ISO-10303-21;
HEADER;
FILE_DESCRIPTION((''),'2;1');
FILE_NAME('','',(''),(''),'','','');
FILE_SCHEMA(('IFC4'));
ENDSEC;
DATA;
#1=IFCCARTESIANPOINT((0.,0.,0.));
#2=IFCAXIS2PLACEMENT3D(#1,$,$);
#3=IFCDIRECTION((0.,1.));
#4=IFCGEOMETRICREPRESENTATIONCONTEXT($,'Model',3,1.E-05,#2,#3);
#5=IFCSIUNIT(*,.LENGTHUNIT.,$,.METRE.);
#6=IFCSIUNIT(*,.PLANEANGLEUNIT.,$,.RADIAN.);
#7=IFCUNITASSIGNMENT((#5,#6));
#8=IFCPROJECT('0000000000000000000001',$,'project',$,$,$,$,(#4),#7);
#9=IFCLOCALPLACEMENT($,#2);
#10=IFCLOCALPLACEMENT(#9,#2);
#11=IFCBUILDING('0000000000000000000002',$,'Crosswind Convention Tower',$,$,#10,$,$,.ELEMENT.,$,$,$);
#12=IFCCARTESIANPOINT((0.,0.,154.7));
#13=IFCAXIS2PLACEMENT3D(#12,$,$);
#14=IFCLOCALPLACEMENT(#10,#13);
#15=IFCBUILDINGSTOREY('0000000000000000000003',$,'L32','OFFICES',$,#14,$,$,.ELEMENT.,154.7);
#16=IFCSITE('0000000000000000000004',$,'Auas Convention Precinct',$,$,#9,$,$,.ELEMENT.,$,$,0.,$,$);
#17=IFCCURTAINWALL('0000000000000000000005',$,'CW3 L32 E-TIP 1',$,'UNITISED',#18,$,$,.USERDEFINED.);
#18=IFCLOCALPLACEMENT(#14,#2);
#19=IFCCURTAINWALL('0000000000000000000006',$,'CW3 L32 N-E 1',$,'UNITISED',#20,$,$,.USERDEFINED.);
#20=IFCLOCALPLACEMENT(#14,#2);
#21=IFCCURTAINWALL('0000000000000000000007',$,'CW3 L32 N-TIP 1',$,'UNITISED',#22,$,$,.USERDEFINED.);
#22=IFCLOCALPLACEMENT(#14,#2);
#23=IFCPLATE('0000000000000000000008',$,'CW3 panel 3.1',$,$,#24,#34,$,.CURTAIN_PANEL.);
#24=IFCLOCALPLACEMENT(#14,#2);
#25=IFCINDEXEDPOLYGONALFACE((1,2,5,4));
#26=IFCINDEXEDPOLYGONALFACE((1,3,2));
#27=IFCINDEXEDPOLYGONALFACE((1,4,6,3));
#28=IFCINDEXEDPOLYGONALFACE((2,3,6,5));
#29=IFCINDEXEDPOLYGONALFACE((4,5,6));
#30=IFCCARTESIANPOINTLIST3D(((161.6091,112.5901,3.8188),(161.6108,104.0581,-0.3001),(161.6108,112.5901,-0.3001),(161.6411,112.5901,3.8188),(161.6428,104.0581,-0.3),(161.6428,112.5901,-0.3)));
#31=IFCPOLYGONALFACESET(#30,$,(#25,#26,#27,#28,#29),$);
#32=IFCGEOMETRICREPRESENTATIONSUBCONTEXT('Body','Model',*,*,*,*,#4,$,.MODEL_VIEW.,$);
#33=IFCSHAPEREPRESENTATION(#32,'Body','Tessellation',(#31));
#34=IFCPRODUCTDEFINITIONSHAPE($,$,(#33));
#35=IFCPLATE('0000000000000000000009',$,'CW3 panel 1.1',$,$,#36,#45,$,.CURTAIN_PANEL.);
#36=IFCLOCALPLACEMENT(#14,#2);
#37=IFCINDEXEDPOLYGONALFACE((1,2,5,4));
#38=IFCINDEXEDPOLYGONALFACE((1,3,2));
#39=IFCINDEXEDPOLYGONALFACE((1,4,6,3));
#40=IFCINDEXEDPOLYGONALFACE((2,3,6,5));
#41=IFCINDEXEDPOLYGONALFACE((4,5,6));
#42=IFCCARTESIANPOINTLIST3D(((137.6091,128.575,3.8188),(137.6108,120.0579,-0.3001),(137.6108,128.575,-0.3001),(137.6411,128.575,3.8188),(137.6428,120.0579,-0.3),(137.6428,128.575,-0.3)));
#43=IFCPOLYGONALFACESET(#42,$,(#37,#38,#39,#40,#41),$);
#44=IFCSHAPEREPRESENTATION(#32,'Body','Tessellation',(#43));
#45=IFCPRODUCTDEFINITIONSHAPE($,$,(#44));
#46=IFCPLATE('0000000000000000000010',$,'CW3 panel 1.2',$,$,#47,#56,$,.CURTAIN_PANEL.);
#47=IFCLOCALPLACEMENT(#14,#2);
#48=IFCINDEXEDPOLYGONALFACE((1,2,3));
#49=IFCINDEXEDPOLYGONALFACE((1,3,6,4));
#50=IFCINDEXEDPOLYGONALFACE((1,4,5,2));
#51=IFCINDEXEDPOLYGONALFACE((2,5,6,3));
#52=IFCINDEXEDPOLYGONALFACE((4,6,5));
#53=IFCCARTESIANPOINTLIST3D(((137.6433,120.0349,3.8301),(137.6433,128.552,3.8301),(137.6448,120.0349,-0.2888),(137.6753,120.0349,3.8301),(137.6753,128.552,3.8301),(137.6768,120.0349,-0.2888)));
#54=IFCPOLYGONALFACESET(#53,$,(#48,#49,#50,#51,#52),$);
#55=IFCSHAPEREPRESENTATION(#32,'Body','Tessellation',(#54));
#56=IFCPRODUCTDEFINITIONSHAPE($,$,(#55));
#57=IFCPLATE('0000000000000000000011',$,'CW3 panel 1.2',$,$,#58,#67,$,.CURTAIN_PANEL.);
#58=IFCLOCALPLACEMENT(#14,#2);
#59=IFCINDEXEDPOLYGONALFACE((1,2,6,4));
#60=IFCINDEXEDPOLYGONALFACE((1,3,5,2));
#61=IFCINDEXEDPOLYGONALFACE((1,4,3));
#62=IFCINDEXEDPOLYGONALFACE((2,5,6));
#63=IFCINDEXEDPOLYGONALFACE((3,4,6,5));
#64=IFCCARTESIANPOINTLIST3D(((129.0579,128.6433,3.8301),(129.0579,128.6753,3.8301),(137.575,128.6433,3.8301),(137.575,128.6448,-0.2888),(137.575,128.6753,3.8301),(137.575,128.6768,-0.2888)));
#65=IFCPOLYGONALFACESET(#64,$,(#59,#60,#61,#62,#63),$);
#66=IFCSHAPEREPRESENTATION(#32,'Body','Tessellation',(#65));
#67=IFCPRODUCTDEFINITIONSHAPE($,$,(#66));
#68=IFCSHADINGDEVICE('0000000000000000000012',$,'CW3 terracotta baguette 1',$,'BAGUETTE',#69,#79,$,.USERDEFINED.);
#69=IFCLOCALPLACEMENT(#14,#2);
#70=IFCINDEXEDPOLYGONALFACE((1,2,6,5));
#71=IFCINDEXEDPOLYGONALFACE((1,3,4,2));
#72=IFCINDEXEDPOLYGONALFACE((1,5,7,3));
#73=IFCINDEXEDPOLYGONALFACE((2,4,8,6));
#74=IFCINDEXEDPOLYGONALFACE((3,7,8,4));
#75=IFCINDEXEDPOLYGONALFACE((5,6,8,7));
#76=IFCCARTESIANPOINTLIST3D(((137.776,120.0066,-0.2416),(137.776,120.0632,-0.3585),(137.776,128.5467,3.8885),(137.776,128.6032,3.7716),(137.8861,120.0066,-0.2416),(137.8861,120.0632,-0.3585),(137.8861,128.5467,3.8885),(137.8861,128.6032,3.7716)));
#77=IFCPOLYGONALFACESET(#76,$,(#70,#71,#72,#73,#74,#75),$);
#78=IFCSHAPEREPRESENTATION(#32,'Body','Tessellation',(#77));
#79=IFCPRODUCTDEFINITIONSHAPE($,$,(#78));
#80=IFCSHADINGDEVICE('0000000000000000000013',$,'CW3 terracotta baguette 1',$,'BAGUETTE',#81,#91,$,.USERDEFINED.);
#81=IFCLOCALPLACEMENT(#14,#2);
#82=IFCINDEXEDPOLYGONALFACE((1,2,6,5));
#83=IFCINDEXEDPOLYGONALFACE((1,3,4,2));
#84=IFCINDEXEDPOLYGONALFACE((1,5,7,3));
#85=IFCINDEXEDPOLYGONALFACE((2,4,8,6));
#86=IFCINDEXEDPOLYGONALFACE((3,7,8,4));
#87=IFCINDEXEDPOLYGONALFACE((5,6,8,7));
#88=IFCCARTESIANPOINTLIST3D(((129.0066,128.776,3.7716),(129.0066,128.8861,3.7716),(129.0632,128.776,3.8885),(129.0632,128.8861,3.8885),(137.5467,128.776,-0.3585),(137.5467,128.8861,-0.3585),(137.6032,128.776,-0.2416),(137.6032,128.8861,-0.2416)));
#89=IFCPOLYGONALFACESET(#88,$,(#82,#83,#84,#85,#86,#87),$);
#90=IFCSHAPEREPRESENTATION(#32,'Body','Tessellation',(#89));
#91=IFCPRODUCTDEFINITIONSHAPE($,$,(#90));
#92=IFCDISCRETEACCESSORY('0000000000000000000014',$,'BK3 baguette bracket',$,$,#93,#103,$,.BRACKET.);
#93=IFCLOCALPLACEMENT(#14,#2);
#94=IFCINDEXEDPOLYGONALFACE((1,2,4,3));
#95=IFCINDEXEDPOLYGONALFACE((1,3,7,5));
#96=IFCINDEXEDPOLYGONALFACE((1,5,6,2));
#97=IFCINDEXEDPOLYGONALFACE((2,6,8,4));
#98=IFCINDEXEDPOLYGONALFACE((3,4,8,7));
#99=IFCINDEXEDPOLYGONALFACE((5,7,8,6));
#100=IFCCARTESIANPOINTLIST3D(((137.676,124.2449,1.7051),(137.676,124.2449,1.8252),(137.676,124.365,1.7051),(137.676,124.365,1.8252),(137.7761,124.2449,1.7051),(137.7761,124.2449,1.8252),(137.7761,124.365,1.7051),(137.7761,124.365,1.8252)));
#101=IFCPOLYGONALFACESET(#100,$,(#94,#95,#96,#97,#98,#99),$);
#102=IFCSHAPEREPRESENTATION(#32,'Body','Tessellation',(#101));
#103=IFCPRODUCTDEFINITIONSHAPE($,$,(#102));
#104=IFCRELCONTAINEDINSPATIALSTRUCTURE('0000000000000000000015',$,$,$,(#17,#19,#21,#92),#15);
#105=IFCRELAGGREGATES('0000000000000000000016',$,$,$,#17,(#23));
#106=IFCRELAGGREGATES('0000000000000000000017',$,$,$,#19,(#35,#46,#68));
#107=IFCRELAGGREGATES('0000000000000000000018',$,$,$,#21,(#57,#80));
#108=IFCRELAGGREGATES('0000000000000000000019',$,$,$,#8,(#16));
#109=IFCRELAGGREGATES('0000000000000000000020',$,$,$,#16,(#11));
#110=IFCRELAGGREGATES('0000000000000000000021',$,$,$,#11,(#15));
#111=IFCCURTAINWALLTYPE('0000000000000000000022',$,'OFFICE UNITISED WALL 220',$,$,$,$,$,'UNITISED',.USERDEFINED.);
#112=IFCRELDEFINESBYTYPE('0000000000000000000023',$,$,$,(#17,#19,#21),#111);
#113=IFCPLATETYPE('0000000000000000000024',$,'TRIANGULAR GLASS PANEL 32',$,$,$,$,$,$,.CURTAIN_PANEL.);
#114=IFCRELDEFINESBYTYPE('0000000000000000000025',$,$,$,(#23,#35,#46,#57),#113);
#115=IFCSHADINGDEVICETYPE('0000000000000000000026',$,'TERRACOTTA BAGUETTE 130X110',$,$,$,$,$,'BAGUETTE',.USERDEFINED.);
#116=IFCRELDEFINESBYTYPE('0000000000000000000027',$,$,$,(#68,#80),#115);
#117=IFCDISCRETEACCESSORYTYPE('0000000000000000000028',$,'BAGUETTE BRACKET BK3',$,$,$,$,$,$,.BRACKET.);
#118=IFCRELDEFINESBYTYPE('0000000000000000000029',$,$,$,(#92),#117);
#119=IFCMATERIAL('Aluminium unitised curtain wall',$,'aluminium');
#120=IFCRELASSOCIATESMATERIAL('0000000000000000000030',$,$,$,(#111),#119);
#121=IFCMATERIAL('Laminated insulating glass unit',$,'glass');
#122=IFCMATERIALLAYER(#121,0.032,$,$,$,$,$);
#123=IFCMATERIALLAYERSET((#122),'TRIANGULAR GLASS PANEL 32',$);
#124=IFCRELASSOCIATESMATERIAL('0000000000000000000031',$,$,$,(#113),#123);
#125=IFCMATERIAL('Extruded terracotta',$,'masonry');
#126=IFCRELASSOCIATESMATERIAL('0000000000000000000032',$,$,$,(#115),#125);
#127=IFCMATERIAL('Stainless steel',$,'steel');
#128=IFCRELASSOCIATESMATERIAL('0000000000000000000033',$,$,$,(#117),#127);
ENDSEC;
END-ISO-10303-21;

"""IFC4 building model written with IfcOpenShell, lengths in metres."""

from ifc_helpers import new_model, si_unit, direction, frame, origin, origin_2d, place, context, subcontext, project, spatial, polyline, rectangle, outline, extrude, material, layer, layer_set, material_profile, profile_set, type_object, element, aggregate, save


model = new_model("IFC4")

# Units and contexts
model_context = context("Model", 3, precision=1e-05, world=origin(), true_north=direction((0.0, 1.0)))
body_context = subcontext(model_context, "Body", "Model", "MODEL_VIEW")
ifc_project = project(units=[si_unit("LENGTHUNIT", "METRE"), si_unit("PLANEANGLEUNIT", "RADIAN")], contexts=[model_context])

# Site, building, storey
site_placement = place(None, origin())
site = spatial("IfcSite", under=ifc_project, at=site_placement, Name="Auas Convention Precinct", CompositionType="ELEMENT", RefElevation=0.0)
building_placement = place(site_placement, origin())
building = spatial("IfcBuilding", under=site, at=building_placement, Name="Crosswind Convention Tower", CompositionType="ELEMENT")
storey_placement = place(building_placement, frame((0.0, 0.0, 154.7)))
storey = spatial("IfcBuildingStorey", under=building, at=storey_placement, Name="L32", Description="OFFICES", CompositionType="ELEMENT", Elevation=154.7)

# Shared definitions
ifc_material_1 = material(Name="Aluminium unitised curtain wall", Category="aluminium")

# Curtain wall
curtain_wall_type_1 = type_object("IfcCurtainWallType", Name="OFFICE UNITISED WALL 220", ElementType="UNITISED", PredefinedType="USERDEFINED", material=ifc_material_1)
curtain_wall_1_placement = place(storey_placement, origin())
curtain_wall_1 = element("IfcCurtainWall", 1, at=curtain_wall_1_placement, inside=storey, type_object=curtain_wall_type_1, Name="CW3 L32 E-TIP 1", ObjectType="UNITISED", PredefinedType="USERDEFINED")

# Curtain wall
curtain_wall_2_placement = place(storey_placement, origin())
curtain_wall_2 = element("IfcCurtainWall", 2, at=curtain_wall_2_placement, inside=storey, type_object=curtain_wall_type_1, Name="CW3 L32 N-E 1", ObjectType="UNITISED", PredefinedType="USERDEFINED")

# Curtain wall
curtain_wall_3_placement = place(storey_placement, origin())
curtain_wall_3 = element("IfcCurtainWall", 3, at=curtain_wall_3_placement, inside=storey, type_object=curtain_wall_type_1, Name="CW3 L32 N-TIP 1", ObjectType="UNITISED", PredefinedType="USERDEFINED")

# Plates
ifc_material_2 = material(Name="Laminated insulating glass unit", Category="glass")
ifc_layer_1 = layer(ifc_material_2, 0.032)
ifc_layer_set_1 = layer_set([ifc_layer_1], Name="TRIANGULAR GLASS PANEL 32")
plate_type_1 = type_object("IfcPlateType", Name="TRIANGULAR GLASS PANEL 32", PredefinedType="CURTAIN_PANEL", material=ifc_layer_set_1)
plate_1_placement = place(storey_placement, frame((161.6428, 112.5901, -0.3), z_axis=(1.0, 0.0, 0.000415), x_axis=(-0.000415, 0.0, 1.0)))
plate_1 = element("IfcPlate", 4, at=plate_1_placement, type_object=plate_type_1, Name="CW3 panel 3.1", PredefinedType="CURTAIN_PANEL", context=body_context, shape_type="SweptSolid", body=[
    extrude(outline(polyline([(0.0, 0.0), (4.1189, 0.0), (0.0, 8.532), (0.0, 0.0)])), origin(), (0.0, 0.0, -1.0), 0.032),
])
aggregate(curtain_wall_1, [plate_1])
plate_2_placement = place(storey_placement, frame((137.6428, 128.575, -0.3), z_axis=(1.0, 0.0, 0.000415), x_axis=(-0.000415, 0.0, 1.0)))
plate_2 = element("IfcPlate", 5, at=plate_2_placement, type_object=plate_type_1, Name="CW3 panel 1.1", PredefinedType="CURTAIN_PANEL", context=body_context, shape_type="SweptSolid", body=[
    extrude(outline(polyline([(0.0, 0.0), (4.1189, 0.0), (0.0, 8.5171), (0.0, 0.0)])), origin(), (0.0, 0.0, -1.0), 0.032),
])
plate_3_placement = place(storey_placement, frame((137.6753, 120.0349, 3.8301), z_axis=(1.0, 0.0, 0.000356), x_axis=(0.000356, 0.0, -1.0)))
plate_3 = element("IfcPlate", 6, at=plate_3_placement, type_object=plate_type_1, Name="CW3 panel 1.2", PredefinedType="CURTAIN_PANEL", context=body_context, shape_type="SweptSolid", body=[
    extrude(outline(polyline([(0.0, 0.0), (4.1189, 0.0), (0.0, 8.5171), (0.0, 0.0)])), origin(), (0.0, 0.0, -1.0), 0.032),
])
plate_4_placement = place(storey_placement, frame((137.575, 128.6753, 3.8301), z_axis=(0.0, 1.0, 0.000356), x_axis=(0.0, 0.000356, -1.0)))
plate_4 = element("IfcPlate", 7, at=plate_4_placement, type_object=plate_type_1, Name="CW3 panel 1.2", PredefinedType="CURTAIN_PANEL", context=body_context, shape_type="SweptSolid", body=[
    extrude(outline(polyline([(0.0, 0.0), (4.1189, 0.0), (0.0, 8.5171), (0.0, 0.0)])), origin(), (0.0, 0.0, -1.0), 0.032),
])

# Shading devices
ifc_material_3 = material(Name="Extruded terracotta", Category="masonry")
ifc_material_profile_1 = material_profile(ifc_material_3, rectangle(XDim=0.1101, YDim=0.1299, at=origin_2d()), Name="TC 110X130")
ifc_profile_set_1 = profile_set([ifc_material_profile_1], Name="Extruded terracotta")
shading_device_type = type_object("IfcShadingDeviceType", Name="TERRACOTTA BAGUETTE 130X110", ElementType="BAGUETTE", PredefinedType="USERDEFINED", material=ifc_profile_set_1)
shading_device_1_placement = place(storey_placement, frame((137.8311, 120.0349, -0.3), z_axis=(0.0, 0.900248, 0.435377), x_axis=(-1.0, 0.0, 0.0)))
shading_device_1 = element("IfcShadingDevice", 8, at=shading_device_1_placement, type_object=shading_device_type, Name="CW3 terracotta baguette 1", ObjectType="BAGUETTE", PredefinedType="USERDEFINED", context=body_context, shape_type="SweptSolid", body=[
    extrude(rectangle(XDim=0.1101, YDim=0.1299, at=origin_2d()), origin(), (0.0, 0.0, 1.0), 9.4863),
])
aggregate(curtain_wall_2, [plate_2, plate_3, shading_device_1])
shading_device_2_placement = place(storey_placement, frame((137.575, 128.8311, -0.3), z_axis=(-0.900248, 0.0, 0.435377), x_axis=(0.0, -1.0, 0.0)))
shading_device_2 = element("IfcShadingDevice", 9, at=shading_device_2_placement, type_object=shading_device_type, Name="CW3 terracotta baguette 1", ObjectType="BAGUETTE", PredefinedType="USERDEFINED", context=body_context, shape_type="SweptSolid", body=[
    extrude(rectangle(XDim=0.1101, YDim=0.1299, at=origin_2d()), origin(), (0.0, 0.0, 1.0), 9.4863),
])
aggregate(curtain_wall_3, [plate_4, shading_device_2])

# Discrete accessory
ifc_material_4 = material(Name="Stainless steel", Category="steel")
discrete_accessory_type = type_object("IfcDiscreteAccessoryType", Name="BAGUETTE BRACKET BK3", PredefinedType="BRACKET", material=ifc_material_4)
discrete_accessory_placement = place(storey_placement, frame((137.7261, 124.3049, 1.7051), z_axis=(0.0, 0.0, 1.0), x_axis=(0.0, 1.0, 0.0)))
element("IfcDiscreteAccessory", 10, at=discrete_accessory_placement, inside=storey, type_object=discrete_accessory_type, Name="BK3 baguette bracket", PredefinedType="BRACKET", context=body_context, shape_type="SweptSolid", body=[
    extrude(rectangle(XDim=0.1201, YDim=0.1001, at=origin_2d()), origin(), (0.0, 0.0, 1.0), 0.1201),
])

save(model, "model.ifc")
